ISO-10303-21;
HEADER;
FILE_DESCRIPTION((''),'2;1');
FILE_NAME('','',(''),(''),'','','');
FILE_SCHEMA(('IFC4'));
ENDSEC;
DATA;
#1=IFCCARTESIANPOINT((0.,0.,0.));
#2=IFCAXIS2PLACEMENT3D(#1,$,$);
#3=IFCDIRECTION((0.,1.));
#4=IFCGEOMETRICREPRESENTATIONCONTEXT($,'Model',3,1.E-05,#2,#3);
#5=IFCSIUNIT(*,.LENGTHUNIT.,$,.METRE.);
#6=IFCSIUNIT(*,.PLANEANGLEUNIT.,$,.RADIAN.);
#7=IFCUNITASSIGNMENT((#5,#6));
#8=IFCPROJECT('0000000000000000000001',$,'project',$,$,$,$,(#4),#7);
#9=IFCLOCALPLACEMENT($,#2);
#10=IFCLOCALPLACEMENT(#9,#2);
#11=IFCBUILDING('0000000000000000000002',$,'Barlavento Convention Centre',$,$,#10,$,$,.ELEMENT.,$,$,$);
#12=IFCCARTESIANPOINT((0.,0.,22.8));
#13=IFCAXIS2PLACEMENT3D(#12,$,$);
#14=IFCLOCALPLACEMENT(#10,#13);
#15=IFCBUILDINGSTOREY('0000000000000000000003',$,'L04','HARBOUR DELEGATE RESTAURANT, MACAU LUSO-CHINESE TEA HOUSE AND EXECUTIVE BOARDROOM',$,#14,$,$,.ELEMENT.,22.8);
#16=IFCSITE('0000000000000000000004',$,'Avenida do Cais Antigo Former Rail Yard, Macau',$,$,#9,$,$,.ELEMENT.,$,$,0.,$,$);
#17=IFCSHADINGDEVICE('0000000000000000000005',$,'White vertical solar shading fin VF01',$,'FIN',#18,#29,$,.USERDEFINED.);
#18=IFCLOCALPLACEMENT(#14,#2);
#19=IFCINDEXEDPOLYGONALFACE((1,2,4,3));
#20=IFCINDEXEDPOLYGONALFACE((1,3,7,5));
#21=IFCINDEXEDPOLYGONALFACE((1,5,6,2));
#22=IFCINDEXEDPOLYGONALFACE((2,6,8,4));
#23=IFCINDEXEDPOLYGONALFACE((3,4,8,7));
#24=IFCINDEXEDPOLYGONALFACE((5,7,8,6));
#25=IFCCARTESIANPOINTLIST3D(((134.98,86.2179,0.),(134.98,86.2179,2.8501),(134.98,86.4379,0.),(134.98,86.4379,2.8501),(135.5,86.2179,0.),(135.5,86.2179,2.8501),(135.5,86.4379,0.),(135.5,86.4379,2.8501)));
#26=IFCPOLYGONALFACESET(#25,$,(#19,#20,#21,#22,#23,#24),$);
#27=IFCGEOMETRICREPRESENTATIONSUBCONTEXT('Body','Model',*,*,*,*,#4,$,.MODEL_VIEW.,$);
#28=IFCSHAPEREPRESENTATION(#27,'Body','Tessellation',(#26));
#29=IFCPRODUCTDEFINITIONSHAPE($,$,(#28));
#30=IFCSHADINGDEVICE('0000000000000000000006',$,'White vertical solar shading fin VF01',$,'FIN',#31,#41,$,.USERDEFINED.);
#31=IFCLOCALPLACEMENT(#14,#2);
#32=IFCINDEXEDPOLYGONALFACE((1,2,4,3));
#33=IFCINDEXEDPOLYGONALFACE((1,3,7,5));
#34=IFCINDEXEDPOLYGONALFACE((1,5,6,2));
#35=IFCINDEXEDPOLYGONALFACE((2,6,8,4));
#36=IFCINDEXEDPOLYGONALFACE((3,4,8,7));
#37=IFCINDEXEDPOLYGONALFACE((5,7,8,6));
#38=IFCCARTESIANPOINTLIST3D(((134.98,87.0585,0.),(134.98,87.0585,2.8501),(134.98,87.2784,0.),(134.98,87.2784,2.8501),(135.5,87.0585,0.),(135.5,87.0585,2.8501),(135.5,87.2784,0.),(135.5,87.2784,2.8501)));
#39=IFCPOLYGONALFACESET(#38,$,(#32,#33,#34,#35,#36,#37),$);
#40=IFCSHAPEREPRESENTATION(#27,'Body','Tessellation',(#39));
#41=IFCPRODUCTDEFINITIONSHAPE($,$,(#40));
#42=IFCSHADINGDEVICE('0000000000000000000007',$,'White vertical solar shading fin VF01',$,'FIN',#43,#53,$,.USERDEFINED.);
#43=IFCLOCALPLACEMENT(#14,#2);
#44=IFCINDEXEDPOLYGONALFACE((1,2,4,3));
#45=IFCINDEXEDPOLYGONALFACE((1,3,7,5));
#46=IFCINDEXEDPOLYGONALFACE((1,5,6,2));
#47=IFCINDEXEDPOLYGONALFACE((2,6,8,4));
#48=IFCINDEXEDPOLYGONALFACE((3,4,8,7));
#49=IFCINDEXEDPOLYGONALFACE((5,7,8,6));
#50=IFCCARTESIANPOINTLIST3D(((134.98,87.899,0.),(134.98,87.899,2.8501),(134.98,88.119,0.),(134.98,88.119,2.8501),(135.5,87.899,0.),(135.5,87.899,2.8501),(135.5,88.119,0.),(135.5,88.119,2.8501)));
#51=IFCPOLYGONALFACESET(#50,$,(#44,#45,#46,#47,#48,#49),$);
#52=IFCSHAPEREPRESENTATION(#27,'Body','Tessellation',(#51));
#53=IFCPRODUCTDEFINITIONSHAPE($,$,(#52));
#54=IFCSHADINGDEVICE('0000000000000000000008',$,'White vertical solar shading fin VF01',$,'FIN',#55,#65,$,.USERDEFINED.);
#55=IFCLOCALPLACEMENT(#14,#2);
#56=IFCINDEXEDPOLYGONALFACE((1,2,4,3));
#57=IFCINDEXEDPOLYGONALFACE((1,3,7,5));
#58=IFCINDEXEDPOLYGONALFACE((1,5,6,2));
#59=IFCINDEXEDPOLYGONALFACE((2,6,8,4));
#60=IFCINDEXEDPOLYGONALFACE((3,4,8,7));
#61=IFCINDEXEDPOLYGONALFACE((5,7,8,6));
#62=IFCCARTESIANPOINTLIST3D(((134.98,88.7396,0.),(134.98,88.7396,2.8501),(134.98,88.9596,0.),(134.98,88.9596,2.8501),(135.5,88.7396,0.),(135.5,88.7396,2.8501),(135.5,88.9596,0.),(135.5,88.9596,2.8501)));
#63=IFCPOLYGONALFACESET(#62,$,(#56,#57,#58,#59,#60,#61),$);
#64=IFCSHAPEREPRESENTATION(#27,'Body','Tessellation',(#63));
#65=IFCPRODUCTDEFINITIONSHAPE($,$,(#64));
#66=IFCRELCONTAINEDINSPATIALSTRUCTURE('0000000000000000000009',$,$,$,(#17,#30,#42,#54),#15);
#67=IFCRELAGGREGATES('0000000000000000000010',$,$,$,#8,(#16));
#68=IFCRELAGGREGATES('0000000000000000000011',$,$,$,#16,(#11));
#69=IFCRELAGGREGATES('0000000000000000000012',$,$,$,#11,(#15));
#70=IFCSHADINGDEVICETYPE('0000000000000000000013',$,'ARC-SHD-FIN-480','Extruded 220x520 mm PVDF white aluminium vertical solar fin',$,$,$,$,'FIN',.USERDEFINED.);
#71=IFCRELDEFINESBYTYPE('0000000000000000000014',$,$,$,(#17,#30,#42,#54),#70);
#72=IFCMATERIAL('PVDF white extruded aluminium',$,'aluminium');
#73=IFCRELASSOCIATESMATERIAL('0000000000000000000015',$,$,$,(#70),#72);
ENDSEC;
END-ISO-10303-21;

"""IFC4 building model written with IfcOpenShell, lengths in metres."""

from ifc_helpers import new_model, si_unit, direction, frame, origin, origin_2d, place, context, subcontext, project, spatial, rectangle, extrude, material, type_object, element, save


model = new_model("IFC4")

# Units and contexts
model_context = context("Model", 3, precision=1e-05, world=origin(), true_north=direction((0.0, 1.0)))
body_context = subcontext(model_context, "Body", "Model", "MODEL_VIEW")
ifc_project = project(units=[si_unit("LENGTHUNIT", "METRE"), si_unit("PLANEANGLEUNIT", "RADIAN")], contexts=[model_context])

# Site, building, storey
site_placement = place(None, origin())
site = spatial("IfcSite", under=ifc_project, at=site_placement, Name="Avenida do Cais Antigo Former Rail Yard, Macau", CompositionType="ELEMENT", RefElevation=0.0)
building_placement = place(site_placement, origin())
building = spatial("IfcBuilding", under=site, at=building_placement, Name="Barlavento Convention Centre", CompositionType="ELEMENT")
storey_placement = place(building_placement, frame((0.0, 0.0, 22.8)))
storey = spatial("IfcBuildingStorey", under=building, at=storey_placement, Name="L04", Description="HARBOUR DELEGATE RESTAURANT, MACAU LUSO-CHINESE TEA HOUSE AND EXECUTIVE BOARDROOM", CompositionType="ELEMENT", Elevation=22.8)

# Shading devices
ifc_material_1 = material(Name="PVDF white extruded aluminium", Category="aluminium")
shading_device_type = type_object("IfcShadingDeviceType", Name="ARC-SHD-FIN-480", Description="Extruded 220x520 mm PVDF white aluminium vertical solar fin", ElementType="FIN", PredefinedType="USERDEFINED", material=ifc_material_1)
for number, where, z_axis, x_axis, name in (
    (1, (135.24, 86.3279, 0.0), (0.0, 0.0, 1.0), (0.0, 1.0, 0.0), "White vertical solar shading fin VF01"),
    (2, (135.24, 87.1685, 0.0), (0.0, 0.0, 1.0), (0.0, 1.0, 0.0), "White vertical solar shading fin VF01"),
    (3, (135.24, 88.009, 0.0), (0.0, 0.0, 1.0), (0.0, 1.0, 0.0), "White vertical solar shading fin VF01"),
    (4, (135.24, 88.8496, 0.0), (0.0, 0.0, 1.0), (0.0, 1.0, 0.0), "White vertical solar shading fin VF01"),
):
    element("IfcShadingDevice", number, at=place(storey_placement, frame(where, z_axis=z_axis, x_axis=x_axis)), inside=storey, type_object=shading_device_type, Name=name, ObjectType="FIN", PredefinedType="USERDEFINED", context=body_context, shape_type="SweptSolid", body=[
        extrude(rectangle(XDim=0.22, YDim=0.52, at=origin_2d()), origin(), (0.0, 0.0, 1.0), 2.8501),
    ])

save(model, "model.ifc")
